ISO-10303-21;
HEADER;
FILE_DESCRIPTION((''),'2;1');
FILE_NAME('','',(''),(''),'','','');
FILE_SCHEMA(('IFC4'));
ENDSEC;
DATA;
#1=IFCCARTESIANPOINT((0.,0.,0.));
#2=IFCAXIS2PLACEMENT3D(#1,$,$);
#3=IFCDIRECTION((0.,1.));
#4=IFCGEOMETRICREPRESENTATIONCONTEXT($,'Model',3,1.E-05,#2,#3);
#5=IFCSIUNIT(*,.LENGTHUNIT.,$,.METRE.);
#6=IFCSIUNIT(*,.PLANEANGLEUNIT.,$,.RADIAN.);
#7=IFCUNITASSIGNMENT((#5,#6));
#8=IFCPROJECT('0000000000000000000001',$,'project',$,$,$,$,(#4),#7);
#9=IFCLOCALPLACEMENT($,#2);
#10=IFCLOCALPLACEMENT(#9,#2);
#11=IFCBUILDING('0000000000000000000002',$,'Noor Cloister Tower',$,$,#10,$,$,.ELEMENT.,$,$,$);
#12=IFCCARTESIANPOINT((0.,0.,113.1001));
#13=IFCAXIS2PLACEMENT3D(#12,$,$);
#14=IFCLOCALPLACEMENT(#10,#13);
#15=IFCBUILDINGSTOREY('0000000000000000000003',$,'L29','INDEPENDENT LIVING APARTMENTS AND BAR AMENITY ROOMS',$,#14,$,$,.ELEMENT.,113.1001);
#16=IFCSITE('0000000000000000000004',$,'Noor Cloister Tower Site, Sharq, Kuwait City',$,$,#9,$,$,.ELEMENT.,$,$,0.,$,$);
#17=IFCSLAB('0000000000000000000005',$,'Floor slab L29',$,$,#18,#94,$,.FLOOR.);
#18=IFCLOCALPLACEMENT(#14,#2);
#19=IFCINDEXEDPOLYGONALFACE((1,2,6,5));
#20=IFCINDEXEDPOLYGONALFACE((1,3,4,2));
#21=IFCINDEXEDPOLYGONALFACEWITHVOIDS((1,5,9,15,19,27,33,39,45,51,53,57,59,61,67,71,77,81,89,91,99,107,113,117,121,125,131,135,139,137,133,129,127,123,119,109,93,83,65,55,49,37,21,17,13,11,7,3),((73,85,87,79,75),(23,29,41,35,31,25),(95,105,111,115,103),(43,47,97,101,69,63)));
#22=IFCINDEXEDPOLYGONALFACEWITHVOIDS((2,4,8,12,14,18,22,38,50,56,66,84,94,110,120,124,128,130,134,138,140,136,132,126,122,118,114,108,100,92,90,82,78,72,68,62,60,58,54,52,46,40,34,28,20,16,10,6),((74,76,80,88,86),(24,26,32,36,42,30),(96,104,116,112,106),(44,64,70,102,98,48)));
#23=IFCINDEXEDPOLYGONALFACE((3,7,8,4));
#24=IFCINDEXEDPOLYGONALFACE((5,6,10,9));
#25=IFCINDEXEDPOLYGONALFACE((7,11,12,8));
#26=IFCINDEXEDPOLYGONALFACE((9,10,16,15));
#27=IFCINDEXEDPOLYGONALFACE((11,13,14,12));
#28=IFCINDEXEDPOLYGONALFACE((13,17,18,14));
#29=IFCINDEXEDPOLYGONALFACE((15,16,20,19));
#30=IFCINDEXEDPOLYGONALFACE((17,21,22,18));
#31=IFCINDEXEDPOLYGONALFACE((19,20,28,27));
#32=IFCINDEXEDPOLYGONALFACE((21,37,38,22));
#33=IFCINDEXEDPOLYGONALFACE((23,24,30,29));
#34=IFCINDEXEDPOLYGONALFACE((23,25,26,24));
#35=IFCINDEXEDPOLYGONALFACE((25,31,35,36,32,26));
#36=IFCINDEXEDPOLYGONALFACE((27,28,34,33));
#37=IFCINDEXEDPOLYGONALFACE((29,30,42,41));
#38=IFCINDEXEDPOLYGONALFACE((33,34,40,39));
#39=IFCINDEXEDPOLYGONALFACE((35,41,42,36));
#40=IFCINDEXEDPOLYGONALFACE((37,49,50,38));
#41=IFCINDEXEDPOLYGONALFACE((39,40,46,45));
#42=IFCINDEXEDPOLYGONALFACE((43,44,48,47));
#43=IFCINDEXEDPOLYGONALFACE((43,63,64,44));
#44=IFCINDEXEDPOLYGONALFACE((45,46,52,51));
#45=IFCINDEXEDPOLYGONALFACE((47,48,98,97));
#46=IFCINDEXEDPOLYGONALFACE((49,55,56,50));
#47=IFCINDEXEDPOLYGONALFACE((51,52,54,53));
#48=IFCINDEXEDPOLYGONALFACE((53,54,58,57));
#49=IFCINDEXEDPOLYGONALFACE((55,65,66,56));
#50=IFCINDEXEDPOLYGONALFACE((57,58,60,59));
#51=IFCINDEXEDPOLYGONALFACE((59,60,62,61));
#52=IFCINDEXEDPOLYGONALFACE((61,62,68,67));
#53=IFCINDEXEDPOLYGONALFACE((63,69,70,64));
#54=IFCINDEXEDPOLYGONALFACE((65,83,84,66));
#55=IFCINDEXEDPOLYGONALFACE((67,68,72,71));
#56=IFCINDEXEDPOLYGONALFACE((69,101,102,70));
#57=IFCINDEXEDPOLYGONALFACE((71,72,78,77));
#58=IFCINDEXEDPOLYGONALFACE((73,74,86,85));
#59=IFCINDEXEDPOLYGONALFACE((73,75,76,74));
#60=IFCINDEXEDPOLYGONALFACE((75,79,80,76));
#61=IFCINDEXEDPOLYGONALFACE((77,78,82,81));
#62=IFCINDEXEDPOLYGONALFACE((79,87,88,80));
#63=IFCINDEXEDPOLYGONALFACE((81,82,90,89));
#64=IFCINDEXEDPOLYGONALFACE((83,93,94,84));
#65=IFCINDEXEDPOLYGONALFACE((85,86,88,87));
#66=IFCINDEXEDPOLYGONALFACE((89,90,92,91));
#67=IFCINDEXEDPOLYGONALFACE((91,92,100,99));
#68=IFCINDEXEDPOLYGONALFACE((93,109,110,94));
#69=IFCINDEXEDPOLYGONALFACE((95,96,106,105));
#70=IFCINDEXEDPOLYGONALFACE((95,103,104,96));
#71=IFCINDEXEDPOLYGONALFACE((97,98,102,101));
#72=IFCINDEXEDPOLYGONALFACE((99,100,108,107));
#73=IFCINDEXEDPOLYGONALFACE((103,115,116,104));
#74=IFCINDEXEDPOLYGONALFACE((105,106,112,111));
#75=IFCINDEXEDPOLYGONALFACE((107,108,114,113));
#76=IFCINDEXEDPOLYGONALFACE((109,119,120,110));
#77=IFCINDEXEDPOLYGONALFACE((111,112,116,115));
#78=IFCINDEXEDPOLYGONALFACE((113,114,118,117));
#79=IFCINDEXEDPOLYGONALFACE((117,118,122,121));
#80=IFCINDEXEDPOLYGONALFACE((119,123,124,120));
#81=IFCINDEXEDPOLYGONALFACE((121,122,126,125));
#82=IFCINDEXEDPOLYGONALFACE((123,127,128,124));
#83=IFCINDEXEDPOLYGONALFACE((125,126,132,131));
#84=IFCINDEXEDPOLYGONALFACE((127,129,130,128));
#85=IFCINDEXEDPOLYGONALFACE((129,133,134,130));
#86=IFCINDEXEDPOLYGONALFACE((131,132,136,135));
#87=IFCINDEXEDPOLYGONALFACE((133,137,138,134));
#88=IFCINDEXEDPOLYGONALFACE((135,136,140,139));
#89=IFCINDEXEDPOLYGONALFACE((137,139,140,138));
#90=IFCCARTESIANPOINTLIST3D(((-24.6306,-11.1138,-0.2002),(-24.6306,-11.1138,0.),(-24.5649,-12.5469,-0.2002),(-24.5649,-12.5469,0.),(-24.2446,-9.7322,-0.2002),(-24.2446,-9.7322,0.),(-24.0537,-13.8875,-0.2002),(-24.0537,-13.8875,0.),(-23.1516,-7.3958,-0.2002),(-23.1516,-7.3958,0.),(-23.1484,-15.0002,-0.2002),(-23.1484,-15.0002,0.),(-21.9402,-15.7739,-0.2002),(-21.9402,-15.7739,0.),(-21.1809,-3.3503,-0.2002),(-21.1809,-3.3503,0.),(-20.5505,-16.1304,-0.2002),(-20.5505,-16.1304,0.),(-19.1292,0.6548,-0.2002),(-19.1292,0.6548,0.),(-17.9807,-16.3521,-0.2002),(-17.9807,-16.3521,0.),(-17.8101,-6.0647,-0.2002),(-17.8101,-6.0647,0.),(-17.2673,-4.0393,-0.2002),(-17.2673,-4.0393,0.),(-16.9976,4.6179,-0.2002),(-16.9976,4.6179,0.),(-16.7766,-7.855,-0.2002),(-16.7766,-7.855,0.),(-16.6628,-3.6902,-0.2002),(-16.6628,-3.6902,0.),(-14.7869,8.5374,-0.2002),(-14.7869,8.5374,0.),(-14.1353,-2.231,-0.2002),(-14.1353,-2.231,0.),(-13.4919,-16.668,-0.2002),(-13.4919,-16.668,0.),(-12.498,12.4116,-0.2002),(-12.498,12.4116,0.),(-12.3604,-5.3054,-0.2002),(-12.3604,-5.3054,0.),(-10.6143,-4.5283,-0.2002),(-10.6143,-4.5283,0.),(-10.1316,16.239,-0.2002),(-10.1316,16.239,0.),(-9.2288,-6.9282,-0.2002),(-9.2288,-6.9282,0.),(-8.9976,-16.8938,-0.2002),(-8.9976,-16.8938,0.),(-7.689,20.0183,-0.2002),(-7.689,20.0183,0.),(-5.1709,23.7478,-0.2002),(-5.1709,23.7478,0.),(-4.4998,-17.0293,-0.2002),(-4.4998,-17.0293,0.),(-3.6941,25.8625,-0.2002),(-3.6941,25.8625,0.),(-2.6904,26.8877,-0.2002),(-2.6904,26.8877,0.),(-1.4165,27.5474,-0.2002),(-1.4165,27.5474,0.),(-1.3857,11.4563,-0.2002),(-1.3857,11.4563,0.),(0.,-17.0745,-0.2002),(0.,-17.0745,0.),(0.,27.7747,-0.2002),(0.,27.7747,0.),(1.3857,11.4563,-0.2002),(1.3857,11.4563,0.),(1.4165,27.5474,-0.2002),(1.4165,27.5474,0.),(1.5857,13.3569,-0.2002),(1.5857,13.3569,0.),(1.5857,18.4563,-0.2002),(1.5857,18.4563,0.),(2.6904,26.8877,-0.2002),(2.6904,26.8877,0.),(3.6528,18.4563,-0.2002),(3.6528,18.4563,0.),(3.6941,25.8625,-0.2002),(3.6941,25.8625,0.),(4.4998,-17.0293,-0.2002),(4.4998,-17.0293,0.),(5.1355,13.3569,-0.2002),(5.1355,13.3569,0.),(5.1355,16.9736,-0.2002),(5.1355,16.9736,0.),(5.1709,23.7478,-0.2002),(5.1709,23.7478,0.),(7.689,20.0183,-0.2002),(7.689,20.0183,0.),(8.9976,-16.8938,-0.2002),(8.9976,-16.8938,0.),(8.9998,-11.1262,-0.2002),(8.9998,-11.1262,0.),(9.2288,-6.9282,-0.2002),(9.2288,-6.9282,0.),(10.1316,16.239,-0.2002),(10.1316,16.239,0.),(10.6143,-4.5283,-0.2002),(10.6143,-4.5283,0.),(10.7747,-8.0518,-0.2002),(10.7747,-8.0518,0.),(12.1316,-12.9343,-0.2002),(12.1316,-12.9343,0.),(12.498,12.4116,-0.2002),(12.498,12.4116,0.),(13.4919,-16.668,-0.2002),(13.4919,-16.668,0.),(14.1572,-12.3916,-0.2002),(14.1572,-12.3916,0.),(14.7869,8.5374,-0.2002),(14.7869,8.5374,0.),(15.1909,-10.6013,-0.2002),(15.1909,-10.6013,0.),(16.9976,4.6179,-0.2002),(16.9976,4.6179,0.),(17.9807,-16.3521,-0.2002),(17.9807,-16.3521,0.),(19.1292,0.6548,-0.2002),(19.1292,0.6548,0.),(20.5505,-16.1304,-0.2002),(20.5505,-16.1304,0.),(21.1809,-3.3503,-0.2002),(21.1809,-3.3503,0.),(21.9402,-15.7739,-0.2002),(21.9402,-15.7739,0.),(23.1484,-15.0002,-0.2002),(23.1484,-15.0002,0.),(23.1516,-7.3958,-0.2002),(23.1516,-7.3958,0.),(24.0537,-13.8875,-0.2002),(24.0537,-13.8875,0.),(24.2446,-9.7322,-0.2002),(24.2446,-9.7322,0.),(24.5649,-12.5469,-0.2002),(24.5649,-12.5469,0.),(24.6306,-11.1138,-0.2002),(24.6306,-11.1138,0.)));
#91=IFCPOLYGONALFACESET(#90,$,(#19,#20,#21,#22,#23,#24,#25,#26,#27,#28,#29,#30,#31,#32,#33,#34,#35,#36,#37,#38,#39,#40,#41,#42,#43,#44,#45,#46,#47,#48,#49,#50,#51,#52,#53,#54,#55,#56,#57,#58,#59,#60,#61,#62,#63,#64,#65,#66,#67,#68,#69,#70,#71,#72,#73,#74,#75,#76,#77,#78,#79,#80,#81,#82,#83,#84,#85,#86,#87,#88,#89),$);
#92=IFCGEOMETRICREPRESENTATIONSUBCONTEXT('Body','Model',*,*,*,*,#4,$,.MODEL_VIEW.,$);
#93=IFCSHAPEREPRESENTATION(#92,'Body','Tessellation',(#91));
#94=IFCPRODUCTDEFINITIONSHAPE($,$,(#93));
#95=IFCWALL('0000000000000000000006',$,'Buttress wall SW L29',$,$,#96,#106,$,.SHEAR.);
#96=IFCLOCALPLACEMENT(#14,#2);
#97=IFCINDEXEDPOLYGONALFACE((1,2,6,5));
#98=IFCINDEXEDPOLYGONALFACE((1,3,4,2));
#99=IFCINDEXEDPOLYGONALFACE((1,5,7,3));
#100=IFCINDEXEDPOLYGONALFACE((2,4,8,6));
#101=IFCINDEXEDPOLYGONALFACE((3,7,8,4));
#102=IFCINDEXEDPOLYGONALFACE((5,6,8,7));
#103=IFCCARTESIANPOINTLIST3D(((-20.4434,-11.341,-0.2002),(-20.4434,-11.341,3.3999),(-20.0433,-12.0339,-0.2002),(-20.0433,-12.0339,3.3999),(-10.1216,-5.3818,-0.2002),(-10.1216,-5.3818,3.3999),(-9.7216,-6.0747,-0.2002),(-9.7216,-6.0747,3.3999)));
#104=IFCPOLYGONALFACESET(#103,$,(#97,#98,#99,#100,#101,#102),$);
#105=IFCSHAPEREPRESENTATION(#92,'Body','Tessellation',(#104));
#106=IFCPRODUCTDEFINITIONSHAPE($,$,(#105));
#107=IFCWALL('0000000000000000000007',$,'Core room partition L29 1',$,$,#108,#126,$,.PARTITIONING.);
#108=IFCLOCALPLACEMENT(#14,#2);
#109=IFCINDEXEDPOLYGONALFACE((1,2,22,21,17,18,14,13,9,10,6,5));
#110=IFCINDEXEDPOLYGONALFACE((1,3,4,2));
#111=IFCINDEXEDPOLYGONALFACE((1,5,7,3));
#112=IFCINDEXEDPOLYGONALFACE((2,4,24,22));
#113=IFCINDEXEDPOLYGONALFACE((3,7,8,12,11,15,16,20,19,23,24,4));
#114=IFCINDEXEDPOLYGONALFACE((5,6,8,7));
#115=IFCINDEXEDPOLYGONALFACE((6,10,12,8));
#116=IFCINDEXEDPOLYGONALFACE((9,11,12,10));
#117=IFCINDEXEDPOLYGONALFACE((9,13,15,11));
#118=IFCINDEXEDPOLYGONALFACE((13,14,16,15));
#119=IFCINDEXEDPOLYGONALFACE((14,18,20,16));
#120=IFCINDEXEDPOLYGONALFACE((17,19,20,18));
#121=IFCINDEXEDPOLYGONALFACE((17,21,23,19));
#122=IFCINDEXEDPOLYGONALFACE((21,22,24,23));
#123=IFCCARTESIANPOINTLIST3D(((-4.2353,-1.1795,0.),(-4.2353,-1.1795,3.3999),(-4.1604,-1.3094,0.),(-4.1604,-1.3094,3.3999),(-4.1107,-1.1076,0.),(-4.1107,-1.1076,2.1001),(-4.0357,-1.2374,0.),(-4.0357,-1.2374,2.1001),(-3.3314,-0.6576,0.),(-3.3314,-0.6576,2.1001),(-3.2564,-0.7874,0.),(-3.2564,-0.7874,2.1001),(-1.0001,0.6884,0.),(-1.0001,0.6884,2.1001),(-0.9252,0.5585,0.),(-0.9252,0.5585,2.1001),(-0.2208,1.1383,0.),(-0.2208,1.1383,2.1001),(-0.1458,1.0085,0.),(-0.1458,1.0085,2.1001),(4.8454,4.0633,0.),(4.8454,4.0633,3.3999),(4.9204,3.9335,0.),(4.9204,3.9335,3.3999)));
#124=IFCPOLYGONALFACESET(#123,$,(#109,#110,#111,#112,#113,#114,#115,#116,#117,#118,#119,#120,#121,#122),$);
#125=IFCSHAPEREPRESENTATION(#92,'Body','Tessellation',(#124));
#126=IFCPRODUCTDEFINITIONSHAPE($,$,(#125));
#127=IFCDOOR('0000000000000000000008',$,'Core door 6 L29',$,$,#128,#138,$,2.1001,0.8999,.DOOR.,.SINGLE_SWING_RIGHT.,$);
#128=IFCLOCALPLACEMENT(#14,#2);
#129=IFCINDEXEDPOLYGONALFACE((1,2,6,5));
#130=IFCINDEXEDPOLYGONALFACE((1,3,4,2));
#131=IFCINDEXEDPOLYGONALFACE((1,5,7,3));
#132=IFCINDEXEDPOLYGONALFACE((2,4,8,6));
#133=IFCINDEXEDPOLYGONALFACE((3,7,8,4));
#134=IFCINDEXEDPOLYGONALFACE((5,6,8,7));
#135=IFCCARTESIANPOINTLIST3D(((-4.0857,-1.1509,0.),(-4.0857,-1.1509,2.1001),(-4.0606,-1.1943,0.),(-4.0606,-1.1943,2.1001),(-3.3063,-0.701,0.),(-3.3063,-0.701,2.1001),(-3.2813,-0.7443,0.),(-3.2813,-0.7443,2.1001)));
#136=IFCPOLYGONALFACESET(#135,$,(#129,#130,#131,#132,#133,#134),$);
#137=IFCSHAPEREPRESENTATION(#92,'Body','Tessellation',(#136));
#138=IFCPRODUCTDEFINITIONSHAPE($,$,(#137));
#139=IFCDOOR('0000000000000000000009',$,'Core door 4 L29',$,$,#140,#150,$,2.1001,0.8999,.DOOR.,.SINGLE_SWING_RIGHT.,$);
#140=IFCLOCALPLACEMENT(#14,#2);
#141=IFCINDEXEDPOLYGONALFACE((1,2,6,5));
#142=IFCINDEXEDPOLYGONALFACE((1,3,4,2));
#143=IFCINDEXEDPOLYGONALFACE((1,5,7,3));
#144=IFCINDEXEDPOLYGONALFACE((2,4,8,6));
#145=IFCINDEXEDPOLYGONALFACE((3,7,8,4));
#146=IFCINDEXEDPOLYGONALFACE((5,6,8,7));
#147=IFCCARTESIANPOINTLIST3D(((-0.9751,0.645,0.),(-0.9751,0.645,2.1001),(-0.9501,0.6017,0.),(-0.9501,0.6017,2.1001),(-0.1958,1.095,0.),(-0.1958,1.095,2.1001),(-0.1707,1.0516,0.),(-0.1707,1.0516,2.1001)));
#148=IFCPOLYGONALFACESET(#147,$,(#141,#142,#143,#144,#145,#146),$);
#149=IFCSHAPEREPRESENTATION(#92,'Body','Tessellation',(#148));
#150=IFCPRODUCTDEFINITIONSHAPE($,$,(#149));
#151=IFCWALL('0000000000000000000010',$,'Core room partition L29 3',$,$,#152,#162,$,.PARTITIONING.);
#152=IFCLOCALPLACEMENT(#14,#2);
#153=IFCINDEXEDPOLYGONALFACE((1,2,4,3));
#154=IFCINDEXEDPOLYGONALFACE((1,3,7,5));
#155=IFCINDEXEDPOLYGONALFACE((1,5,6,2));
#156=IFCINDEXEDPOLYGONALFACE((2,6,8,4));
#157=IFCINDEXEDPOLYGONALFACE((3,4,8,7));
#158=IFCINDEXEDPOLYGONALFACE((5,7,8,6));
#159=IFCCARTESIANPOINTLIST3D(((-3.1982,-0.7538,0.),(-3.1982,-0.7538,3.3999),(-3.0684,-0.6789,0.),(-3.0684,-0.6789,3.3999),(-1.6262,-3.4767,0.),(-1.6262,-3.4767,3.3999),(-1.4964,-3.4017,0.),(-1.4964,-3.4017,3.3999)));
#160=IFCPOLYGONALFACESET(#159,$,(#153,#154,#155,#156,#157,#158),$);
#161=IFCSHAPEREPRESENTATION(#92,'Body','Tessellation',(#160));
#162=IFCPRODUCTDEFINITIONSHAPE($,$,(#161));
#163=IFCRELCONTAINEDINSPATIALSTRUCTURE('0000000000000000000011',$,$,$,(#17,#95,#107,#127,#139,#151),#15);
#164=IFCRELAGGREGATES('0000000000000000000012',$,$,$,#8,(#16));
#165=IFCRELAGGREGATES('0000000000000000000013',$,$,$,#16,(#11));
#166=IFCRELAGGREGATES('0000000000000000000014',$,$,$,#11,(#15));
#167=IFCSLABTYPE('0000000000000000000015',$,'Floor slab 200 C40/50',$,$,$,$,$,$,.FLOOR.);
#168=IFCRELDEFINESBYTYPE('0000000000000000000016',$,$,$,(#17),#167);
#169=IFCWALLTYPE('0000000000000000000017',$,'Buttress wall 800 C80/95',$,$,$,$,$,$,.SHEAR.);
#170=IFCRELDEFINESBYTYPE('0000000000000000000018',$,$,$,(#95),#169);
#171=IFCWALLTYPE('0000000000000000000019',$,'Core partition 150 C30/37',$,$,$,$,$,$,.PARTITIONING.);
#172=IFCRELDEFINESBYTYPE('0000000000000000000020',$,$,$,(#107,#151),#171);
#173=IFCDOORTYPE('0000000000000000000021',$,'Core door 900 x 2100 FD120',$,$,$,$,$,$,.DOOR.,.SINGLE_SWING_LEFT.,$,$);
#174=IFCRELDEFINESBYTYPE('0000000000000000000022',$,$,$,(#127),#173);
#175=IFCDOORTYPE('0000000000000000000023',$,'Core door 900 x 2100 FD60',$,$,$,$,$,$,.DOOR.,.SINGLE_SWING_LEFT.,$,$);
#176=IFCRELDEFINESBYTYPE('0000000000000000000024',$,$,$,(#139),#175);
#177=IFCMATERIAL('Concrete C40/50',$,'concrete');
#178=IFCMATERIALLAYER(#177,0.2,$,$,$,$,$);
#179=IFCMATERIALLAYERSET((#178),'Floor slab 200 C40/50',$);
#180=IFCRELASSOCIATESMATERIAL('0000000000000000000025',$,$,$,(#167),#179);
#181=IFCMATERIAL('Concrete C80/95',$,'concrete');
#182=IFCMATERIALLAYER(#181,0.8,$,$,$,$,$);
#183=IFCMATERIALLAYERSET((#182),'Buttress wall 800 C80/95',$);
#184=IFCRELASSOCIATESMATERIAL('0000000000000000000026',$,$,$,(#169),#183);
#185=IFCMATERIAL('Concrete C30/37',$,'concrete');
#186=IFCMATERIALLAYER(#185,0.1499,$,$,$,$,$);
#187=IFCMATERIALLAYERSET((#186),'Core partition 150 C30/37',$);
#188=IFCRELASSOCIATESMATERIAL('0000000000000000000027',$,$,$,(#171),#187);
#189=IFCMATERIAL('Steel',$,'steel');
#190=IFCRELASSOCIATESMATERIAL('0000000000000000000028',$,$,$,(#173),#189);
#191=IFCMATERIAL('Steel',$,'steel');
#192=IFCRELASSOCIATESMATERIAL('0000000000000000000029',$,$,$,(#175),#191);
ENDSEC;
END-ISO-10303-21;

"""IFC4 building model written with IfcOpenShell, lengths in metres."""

from ifc_helpers import new_model, si_unit, direction, frame, frame_2d, origin, place, context, subcontext, project, spatial, polyline, rectangle, outline, extrude, material, layer, layer_set, type_object, element, fill, save


model = new_model("IFC4")

# Units and contexts
model_context = context("Model", 3, precision=1e-05, world=origin(), true_north=direction((0.0, 1.0)))
body_context = subcontext(model_context, "Body", "Model", "MODEL_VIEW")
ifc_project = project(units=[si_unit("LENGTHUNIT", "METRE"), si_unit("PLANEANGLEUNIT", "RADIAN")], contexts=[model_context])

# Site, building, storey
site_placement = place(None, origin())
site = spatial("IfcSite", under=ifc_project, at=site_placement, Name="Noor Cloister Tower Site, Sharq, Kuwait City", CompositionType="ELEMENT", RefElevation=0.0)
building_placement = place(site_placement, origin())
building = spatial("IfcBuilding", under=site, at=building_placement, Name="Noor Cloister Tower", CompositionType="ELEMENT")
storey_placement = place(building_placement, frame((0.0, 0.0, 113.1001)))
storey = spatial("IfcBuildingStorey", under=building, at=storey_placement, Name="L29", Description="INDEPENDENT LIVING APARTMENTS AND BAR AMENITY ROOMS", CompositionType="ELEMENT", Elevation=113.1001)

# Slab
ifc_material_1 = material(Name="Concrete C40/50", Category="concrete")
ifc_layer_1 = layer(ifc_material_1, 0.2)
ifc_layer_set_1 = layer_set([ifc_layer_1], Name="Floor slab 200 C40/50")
slab_type = type_object("IfcSlabType", Name="Floor slab 200 C40/50", PredefinedType="FLOOR", material=ifc_layer_set_1)
slab_placement = place(storey_placement, frame((0.0, 0.0, -0.2002)))
element("IfcSlab", 1, at=slab_placement, inside=storey, type_object=slab_type, Name="Floor slab L29", PredefinedType="FLOOR", context=body_context, shape_type="SweptSolid", body=[
    extrude(outline(polyline([(3.6941, 25.8625), (2.6904, 26.8877), (1.4165, 27.5474), (0.0, 27.7747), (-1.4165, 27.5474), (-2.6904, 26.8877), (-3.6941, 25.8625), (-5.1709, 23.7478), (-7.689, 20.0183), (-10.1316, 16.239), (-12.498, 12.4116), (-14.7869, 8.5374), (-16.9976, 4.6179), (-19.1292, 0.6548), (-21.1809, -3.3503), (-23.1516, -7.3958), (-24.2446, -9.7322), (-24.6306, -11.1138), (-24.5649, -12.5469), (-24.0537, -13.8875), (-23.1484, -15.0002), (-21.9402, -15.7739), (-20.5505, -16.1304), (-17.9807, -16.3521), (-13.4919, -16.668), (-8.9976, -16.8938), (-4.4998, -17.0293), (0.0, -17.0745), (4.4998, -17.0293), (8.9976, -16.8938), (13.4919, -16.668), (17.9807, -16.3521), (20.5505, -16.1304), (21.9402, -15.7739), (23.1484, -15.0002), (24.0537, -13.8875), (24.5649, -12.5469), (24.6306, -11.1138), (24.2446, -9.7322), (23.1516, -7.3958), (21.1809, -3.3503), (19.1292, 0.6548), (16.9976, 4.6179), (14.7869, 8.5374), (12.498, 12.4116), (10.1316, 16.239), (7.689, 20.0183), (5.1709, 23.7478), (3.6941, 25.8625)]), holes=[polyline([(8.9998, -11.1262), (12.1316, -12.9343), (14.1572, -12.3916), (15.1909, -10.6013), (10.7747, -8.0518), (8.9998, -11.1262)]), polyline([(-17.8101, -6.0647), (-16.7766, -7.855), (-12.3604, -5.3054), (-14.1353, -2.231), (-16.6628, -3.6902), (-17.2673, -4.0393), (-17.8101, -6.0647)]), polyline([(-10.6143, -4.5283), (-9.2288, -6.9282), (9.2288, -6.9282), (10.6143, -4.5283), (1.3857, 11.4563), (-1.3857, 11.4563), (-10.6143, -4.5283)]), polyline([(3.6528, 18.4563), (1.5857, 18.4563), (1.5857, 13.3569), (5.1355, 13.3569), (5.1355, 16.9736), (3.6528, 18.4563)])]), origin(), (0.0, 0.0, 1.0), 0.2002),
])

# Wall
ifc_material_2 = material(Name="Concrete C80/95", Category="concrete")
ifc_layer_2 = layer(ifc_material_2, 0.8)
ifc_layer_set_2 = layer_set([ifc_layer_2], Name="Buttress wall 800 C80/95")
wall_type_1 = type_object("IfcWallType", Name="Buttress wall 800 C80/95", PredefinedType="SHEAR", material=ifc_layer_set_2)
wall_1_placement = place(storey_placement, frame((-9.9216, -5.7283, -0.2002), z_axis=(0.0, 0.0, 1.0), x_axis=(-0.866027, -0.499997, 0.0)))
element("IfcWall", 2, at=wall_1_placement, inside=storey, type_object=wall_type_1, Name="Buttress wall SW L29", PredefinedType="SHEAR", context=body_context, shape_type="SweptSolid", body=[
    extrude(rectangle(XDim=11.9185, YDim=0.8, at=frame_2d((5.9592, 0.0))), origin(), (0.0, 0.0, 1.0), 3.6001),
])

# Wall, openings, doors
ifc_material_3 = material(Name="Concrete C30/37", Category="concrete")
ifc_layer_3 = layer(ifc_material_3, 0.1499)
ifc_layer_set_3 = layer_set([ifc_layer_3], Name="Core partition 150 C30/37")
wall_type_2 = type_object("IfcWallType", Name="Core partition 150 C30/37", PredefinedType="PARTITIONING", material=ifc_layer_set_3)
wall_2_placement = place(storey_placement, frame((-4.1978, -1.2444, 0.0), z_axis=(0.0, 0.0, 1.0), x_axis=(0.866021, 0.500008, 0.0)))
wall_2 = element("IfcWall", 3, at=wall_2_placement, inside=storey, type_object=wall_type_2, Name="Core room partition L29 1", PredefinedType="PARTITIONING", context=body_context, shape_type="SweptSolid", body=[
    extrude(rectangle(XDim=10.4856, YDim=0.1499, at=frame_2d((5.2427, 0.0))), origin(), (0.0, 0.0, 1.0), 3.3999),
])
opening_1_placement = place(wall_2_placement, frame((3.7356, 0.0, 0.0)))
opening_1 = element("IfcOpeningElement", 4, at=opening_1_placement, cuts=wall_2, PredefinedType="OPENING", context=body_context, shape_type="SweptSolid", body=[
    extrude(rectangle(XDim=0.8999, YDim=2.1001, at=frame_2d((0.45, 1.05))), frame((0.0, 0.085, 0.0), z_axis=(0.0, -1.0, 0.0), x_axis=(1.0, 0.0, 0.0)), (0.0, 0.0, 1.0), 0.1699),
])
opening_2_placement = place(wall_2_placement, frame((0.1438, 0.0, 0.0)))
opening_2 = element("IfcOpeningElement", 5, at=opening_2_placement, cuts=wall_2, PredefinedType="OPENING", context=body_context, shape_type="SweptSolid", body=[
    extrude(rectangle(XDim=0.8999, YDim=2.1001, at=frame_2d((0.45, 1.05))), frame((0.0, 0.085, 0.0), z_axis=(0.0, -1.0, 0.0), x_axis=(1.0, 0.0, 0.0)), (0.0, 0.0, 1.0), 0.1699),
])
ifc_material_4 = material(Name="Steel", Category="steel")
door_type_1 = type_object("IfcDoorType", Name="Core door 900 x 2100 FD120", OperationType="SINGLE_SWING_LEFT", PredefinedType="DOOR", material=ifc_material_4)
door_1_placement = place(opening_2_placement, origin())
door_1 = element("IfcDoor", 6, at=door_1_placement, inside=storey, type_object=door_type_1, Name="Core door 6 L29", OperationType="SINGLE_SWING_RIGHT", OverallHeight=2.1001, OverallWidth=0.8999, PredefinedType="DOOR", context=body_context, shape_type="SweptSolid", body=[
    extrude(rectangle(XDim=0.8999, YDim=2.1001, at=frame_2d((0.45, 1.05))), frame((0.0, 0.0249, 0.0), z_axis=(0.0, -1.0, 0.0), x_axis=(1.0, 0.0, 0.0)), (0.0, 0.0, 1.0), 0.05),
])
fill(opening_2, door_1)
ifc_material_5 = material(Name="Steel", Category="steel")
door_type_2 = type_object("IfcDoorType", Name="Core door 900 x 2100 FD60", OperationType="SINGLE_SWING_LEFT", PredefinedType="DOOR", material=ifc_material_5)
door_2_placement = place(opening_1_placement, origin())
door_2 = element("IfcDoor", 7, at=door_2_placement, inside=storey, type_object=door_type_2, Name="Core door 4 L29", OperationType="SINGLE_SWING_RIGHT", OverallHeight=2.1001, OverallWidth=0.8999, PredefinedType="DOOR", context=body_context, shape_type="SweptSolid", body=[
    extrude(rectangle(XDim=0.8999, YDim=2.1001, at=frame_2d((0.45, 1.05))), frame((0.0, 0.0249, 0.0), z_axis=(0.0, -1.0, 0.0), x_axis=(1.0, 0.0, 0.0)), (0.0, 0.0, 1.0), 0.05),
])
fill(opening_1, door_2)

# Wall
wall_3_placement = place(storey_placement, frame((-1.5613, -3.4392, 0.0), z_axis=(0.0, 0.0, 1.0), x_axis=(-0.499989, 0.866032, 0.0)))
element("IfcWall", 8, at=wall_3_placement, inside=storey, type_object=wall_type_2, Name="Core room partition L29 3", PredefinedType="PARTITIONING", context=body_context, shape_type="SweptSolid", body=[
    extrude(rectangle(XDim=3.144, YDim=0.1499, at=frame_2d((1.572, 0.0))), origin(), (0.0, 0.0, 1.0), 3.3999),
])

save(model, "model.ifc")
